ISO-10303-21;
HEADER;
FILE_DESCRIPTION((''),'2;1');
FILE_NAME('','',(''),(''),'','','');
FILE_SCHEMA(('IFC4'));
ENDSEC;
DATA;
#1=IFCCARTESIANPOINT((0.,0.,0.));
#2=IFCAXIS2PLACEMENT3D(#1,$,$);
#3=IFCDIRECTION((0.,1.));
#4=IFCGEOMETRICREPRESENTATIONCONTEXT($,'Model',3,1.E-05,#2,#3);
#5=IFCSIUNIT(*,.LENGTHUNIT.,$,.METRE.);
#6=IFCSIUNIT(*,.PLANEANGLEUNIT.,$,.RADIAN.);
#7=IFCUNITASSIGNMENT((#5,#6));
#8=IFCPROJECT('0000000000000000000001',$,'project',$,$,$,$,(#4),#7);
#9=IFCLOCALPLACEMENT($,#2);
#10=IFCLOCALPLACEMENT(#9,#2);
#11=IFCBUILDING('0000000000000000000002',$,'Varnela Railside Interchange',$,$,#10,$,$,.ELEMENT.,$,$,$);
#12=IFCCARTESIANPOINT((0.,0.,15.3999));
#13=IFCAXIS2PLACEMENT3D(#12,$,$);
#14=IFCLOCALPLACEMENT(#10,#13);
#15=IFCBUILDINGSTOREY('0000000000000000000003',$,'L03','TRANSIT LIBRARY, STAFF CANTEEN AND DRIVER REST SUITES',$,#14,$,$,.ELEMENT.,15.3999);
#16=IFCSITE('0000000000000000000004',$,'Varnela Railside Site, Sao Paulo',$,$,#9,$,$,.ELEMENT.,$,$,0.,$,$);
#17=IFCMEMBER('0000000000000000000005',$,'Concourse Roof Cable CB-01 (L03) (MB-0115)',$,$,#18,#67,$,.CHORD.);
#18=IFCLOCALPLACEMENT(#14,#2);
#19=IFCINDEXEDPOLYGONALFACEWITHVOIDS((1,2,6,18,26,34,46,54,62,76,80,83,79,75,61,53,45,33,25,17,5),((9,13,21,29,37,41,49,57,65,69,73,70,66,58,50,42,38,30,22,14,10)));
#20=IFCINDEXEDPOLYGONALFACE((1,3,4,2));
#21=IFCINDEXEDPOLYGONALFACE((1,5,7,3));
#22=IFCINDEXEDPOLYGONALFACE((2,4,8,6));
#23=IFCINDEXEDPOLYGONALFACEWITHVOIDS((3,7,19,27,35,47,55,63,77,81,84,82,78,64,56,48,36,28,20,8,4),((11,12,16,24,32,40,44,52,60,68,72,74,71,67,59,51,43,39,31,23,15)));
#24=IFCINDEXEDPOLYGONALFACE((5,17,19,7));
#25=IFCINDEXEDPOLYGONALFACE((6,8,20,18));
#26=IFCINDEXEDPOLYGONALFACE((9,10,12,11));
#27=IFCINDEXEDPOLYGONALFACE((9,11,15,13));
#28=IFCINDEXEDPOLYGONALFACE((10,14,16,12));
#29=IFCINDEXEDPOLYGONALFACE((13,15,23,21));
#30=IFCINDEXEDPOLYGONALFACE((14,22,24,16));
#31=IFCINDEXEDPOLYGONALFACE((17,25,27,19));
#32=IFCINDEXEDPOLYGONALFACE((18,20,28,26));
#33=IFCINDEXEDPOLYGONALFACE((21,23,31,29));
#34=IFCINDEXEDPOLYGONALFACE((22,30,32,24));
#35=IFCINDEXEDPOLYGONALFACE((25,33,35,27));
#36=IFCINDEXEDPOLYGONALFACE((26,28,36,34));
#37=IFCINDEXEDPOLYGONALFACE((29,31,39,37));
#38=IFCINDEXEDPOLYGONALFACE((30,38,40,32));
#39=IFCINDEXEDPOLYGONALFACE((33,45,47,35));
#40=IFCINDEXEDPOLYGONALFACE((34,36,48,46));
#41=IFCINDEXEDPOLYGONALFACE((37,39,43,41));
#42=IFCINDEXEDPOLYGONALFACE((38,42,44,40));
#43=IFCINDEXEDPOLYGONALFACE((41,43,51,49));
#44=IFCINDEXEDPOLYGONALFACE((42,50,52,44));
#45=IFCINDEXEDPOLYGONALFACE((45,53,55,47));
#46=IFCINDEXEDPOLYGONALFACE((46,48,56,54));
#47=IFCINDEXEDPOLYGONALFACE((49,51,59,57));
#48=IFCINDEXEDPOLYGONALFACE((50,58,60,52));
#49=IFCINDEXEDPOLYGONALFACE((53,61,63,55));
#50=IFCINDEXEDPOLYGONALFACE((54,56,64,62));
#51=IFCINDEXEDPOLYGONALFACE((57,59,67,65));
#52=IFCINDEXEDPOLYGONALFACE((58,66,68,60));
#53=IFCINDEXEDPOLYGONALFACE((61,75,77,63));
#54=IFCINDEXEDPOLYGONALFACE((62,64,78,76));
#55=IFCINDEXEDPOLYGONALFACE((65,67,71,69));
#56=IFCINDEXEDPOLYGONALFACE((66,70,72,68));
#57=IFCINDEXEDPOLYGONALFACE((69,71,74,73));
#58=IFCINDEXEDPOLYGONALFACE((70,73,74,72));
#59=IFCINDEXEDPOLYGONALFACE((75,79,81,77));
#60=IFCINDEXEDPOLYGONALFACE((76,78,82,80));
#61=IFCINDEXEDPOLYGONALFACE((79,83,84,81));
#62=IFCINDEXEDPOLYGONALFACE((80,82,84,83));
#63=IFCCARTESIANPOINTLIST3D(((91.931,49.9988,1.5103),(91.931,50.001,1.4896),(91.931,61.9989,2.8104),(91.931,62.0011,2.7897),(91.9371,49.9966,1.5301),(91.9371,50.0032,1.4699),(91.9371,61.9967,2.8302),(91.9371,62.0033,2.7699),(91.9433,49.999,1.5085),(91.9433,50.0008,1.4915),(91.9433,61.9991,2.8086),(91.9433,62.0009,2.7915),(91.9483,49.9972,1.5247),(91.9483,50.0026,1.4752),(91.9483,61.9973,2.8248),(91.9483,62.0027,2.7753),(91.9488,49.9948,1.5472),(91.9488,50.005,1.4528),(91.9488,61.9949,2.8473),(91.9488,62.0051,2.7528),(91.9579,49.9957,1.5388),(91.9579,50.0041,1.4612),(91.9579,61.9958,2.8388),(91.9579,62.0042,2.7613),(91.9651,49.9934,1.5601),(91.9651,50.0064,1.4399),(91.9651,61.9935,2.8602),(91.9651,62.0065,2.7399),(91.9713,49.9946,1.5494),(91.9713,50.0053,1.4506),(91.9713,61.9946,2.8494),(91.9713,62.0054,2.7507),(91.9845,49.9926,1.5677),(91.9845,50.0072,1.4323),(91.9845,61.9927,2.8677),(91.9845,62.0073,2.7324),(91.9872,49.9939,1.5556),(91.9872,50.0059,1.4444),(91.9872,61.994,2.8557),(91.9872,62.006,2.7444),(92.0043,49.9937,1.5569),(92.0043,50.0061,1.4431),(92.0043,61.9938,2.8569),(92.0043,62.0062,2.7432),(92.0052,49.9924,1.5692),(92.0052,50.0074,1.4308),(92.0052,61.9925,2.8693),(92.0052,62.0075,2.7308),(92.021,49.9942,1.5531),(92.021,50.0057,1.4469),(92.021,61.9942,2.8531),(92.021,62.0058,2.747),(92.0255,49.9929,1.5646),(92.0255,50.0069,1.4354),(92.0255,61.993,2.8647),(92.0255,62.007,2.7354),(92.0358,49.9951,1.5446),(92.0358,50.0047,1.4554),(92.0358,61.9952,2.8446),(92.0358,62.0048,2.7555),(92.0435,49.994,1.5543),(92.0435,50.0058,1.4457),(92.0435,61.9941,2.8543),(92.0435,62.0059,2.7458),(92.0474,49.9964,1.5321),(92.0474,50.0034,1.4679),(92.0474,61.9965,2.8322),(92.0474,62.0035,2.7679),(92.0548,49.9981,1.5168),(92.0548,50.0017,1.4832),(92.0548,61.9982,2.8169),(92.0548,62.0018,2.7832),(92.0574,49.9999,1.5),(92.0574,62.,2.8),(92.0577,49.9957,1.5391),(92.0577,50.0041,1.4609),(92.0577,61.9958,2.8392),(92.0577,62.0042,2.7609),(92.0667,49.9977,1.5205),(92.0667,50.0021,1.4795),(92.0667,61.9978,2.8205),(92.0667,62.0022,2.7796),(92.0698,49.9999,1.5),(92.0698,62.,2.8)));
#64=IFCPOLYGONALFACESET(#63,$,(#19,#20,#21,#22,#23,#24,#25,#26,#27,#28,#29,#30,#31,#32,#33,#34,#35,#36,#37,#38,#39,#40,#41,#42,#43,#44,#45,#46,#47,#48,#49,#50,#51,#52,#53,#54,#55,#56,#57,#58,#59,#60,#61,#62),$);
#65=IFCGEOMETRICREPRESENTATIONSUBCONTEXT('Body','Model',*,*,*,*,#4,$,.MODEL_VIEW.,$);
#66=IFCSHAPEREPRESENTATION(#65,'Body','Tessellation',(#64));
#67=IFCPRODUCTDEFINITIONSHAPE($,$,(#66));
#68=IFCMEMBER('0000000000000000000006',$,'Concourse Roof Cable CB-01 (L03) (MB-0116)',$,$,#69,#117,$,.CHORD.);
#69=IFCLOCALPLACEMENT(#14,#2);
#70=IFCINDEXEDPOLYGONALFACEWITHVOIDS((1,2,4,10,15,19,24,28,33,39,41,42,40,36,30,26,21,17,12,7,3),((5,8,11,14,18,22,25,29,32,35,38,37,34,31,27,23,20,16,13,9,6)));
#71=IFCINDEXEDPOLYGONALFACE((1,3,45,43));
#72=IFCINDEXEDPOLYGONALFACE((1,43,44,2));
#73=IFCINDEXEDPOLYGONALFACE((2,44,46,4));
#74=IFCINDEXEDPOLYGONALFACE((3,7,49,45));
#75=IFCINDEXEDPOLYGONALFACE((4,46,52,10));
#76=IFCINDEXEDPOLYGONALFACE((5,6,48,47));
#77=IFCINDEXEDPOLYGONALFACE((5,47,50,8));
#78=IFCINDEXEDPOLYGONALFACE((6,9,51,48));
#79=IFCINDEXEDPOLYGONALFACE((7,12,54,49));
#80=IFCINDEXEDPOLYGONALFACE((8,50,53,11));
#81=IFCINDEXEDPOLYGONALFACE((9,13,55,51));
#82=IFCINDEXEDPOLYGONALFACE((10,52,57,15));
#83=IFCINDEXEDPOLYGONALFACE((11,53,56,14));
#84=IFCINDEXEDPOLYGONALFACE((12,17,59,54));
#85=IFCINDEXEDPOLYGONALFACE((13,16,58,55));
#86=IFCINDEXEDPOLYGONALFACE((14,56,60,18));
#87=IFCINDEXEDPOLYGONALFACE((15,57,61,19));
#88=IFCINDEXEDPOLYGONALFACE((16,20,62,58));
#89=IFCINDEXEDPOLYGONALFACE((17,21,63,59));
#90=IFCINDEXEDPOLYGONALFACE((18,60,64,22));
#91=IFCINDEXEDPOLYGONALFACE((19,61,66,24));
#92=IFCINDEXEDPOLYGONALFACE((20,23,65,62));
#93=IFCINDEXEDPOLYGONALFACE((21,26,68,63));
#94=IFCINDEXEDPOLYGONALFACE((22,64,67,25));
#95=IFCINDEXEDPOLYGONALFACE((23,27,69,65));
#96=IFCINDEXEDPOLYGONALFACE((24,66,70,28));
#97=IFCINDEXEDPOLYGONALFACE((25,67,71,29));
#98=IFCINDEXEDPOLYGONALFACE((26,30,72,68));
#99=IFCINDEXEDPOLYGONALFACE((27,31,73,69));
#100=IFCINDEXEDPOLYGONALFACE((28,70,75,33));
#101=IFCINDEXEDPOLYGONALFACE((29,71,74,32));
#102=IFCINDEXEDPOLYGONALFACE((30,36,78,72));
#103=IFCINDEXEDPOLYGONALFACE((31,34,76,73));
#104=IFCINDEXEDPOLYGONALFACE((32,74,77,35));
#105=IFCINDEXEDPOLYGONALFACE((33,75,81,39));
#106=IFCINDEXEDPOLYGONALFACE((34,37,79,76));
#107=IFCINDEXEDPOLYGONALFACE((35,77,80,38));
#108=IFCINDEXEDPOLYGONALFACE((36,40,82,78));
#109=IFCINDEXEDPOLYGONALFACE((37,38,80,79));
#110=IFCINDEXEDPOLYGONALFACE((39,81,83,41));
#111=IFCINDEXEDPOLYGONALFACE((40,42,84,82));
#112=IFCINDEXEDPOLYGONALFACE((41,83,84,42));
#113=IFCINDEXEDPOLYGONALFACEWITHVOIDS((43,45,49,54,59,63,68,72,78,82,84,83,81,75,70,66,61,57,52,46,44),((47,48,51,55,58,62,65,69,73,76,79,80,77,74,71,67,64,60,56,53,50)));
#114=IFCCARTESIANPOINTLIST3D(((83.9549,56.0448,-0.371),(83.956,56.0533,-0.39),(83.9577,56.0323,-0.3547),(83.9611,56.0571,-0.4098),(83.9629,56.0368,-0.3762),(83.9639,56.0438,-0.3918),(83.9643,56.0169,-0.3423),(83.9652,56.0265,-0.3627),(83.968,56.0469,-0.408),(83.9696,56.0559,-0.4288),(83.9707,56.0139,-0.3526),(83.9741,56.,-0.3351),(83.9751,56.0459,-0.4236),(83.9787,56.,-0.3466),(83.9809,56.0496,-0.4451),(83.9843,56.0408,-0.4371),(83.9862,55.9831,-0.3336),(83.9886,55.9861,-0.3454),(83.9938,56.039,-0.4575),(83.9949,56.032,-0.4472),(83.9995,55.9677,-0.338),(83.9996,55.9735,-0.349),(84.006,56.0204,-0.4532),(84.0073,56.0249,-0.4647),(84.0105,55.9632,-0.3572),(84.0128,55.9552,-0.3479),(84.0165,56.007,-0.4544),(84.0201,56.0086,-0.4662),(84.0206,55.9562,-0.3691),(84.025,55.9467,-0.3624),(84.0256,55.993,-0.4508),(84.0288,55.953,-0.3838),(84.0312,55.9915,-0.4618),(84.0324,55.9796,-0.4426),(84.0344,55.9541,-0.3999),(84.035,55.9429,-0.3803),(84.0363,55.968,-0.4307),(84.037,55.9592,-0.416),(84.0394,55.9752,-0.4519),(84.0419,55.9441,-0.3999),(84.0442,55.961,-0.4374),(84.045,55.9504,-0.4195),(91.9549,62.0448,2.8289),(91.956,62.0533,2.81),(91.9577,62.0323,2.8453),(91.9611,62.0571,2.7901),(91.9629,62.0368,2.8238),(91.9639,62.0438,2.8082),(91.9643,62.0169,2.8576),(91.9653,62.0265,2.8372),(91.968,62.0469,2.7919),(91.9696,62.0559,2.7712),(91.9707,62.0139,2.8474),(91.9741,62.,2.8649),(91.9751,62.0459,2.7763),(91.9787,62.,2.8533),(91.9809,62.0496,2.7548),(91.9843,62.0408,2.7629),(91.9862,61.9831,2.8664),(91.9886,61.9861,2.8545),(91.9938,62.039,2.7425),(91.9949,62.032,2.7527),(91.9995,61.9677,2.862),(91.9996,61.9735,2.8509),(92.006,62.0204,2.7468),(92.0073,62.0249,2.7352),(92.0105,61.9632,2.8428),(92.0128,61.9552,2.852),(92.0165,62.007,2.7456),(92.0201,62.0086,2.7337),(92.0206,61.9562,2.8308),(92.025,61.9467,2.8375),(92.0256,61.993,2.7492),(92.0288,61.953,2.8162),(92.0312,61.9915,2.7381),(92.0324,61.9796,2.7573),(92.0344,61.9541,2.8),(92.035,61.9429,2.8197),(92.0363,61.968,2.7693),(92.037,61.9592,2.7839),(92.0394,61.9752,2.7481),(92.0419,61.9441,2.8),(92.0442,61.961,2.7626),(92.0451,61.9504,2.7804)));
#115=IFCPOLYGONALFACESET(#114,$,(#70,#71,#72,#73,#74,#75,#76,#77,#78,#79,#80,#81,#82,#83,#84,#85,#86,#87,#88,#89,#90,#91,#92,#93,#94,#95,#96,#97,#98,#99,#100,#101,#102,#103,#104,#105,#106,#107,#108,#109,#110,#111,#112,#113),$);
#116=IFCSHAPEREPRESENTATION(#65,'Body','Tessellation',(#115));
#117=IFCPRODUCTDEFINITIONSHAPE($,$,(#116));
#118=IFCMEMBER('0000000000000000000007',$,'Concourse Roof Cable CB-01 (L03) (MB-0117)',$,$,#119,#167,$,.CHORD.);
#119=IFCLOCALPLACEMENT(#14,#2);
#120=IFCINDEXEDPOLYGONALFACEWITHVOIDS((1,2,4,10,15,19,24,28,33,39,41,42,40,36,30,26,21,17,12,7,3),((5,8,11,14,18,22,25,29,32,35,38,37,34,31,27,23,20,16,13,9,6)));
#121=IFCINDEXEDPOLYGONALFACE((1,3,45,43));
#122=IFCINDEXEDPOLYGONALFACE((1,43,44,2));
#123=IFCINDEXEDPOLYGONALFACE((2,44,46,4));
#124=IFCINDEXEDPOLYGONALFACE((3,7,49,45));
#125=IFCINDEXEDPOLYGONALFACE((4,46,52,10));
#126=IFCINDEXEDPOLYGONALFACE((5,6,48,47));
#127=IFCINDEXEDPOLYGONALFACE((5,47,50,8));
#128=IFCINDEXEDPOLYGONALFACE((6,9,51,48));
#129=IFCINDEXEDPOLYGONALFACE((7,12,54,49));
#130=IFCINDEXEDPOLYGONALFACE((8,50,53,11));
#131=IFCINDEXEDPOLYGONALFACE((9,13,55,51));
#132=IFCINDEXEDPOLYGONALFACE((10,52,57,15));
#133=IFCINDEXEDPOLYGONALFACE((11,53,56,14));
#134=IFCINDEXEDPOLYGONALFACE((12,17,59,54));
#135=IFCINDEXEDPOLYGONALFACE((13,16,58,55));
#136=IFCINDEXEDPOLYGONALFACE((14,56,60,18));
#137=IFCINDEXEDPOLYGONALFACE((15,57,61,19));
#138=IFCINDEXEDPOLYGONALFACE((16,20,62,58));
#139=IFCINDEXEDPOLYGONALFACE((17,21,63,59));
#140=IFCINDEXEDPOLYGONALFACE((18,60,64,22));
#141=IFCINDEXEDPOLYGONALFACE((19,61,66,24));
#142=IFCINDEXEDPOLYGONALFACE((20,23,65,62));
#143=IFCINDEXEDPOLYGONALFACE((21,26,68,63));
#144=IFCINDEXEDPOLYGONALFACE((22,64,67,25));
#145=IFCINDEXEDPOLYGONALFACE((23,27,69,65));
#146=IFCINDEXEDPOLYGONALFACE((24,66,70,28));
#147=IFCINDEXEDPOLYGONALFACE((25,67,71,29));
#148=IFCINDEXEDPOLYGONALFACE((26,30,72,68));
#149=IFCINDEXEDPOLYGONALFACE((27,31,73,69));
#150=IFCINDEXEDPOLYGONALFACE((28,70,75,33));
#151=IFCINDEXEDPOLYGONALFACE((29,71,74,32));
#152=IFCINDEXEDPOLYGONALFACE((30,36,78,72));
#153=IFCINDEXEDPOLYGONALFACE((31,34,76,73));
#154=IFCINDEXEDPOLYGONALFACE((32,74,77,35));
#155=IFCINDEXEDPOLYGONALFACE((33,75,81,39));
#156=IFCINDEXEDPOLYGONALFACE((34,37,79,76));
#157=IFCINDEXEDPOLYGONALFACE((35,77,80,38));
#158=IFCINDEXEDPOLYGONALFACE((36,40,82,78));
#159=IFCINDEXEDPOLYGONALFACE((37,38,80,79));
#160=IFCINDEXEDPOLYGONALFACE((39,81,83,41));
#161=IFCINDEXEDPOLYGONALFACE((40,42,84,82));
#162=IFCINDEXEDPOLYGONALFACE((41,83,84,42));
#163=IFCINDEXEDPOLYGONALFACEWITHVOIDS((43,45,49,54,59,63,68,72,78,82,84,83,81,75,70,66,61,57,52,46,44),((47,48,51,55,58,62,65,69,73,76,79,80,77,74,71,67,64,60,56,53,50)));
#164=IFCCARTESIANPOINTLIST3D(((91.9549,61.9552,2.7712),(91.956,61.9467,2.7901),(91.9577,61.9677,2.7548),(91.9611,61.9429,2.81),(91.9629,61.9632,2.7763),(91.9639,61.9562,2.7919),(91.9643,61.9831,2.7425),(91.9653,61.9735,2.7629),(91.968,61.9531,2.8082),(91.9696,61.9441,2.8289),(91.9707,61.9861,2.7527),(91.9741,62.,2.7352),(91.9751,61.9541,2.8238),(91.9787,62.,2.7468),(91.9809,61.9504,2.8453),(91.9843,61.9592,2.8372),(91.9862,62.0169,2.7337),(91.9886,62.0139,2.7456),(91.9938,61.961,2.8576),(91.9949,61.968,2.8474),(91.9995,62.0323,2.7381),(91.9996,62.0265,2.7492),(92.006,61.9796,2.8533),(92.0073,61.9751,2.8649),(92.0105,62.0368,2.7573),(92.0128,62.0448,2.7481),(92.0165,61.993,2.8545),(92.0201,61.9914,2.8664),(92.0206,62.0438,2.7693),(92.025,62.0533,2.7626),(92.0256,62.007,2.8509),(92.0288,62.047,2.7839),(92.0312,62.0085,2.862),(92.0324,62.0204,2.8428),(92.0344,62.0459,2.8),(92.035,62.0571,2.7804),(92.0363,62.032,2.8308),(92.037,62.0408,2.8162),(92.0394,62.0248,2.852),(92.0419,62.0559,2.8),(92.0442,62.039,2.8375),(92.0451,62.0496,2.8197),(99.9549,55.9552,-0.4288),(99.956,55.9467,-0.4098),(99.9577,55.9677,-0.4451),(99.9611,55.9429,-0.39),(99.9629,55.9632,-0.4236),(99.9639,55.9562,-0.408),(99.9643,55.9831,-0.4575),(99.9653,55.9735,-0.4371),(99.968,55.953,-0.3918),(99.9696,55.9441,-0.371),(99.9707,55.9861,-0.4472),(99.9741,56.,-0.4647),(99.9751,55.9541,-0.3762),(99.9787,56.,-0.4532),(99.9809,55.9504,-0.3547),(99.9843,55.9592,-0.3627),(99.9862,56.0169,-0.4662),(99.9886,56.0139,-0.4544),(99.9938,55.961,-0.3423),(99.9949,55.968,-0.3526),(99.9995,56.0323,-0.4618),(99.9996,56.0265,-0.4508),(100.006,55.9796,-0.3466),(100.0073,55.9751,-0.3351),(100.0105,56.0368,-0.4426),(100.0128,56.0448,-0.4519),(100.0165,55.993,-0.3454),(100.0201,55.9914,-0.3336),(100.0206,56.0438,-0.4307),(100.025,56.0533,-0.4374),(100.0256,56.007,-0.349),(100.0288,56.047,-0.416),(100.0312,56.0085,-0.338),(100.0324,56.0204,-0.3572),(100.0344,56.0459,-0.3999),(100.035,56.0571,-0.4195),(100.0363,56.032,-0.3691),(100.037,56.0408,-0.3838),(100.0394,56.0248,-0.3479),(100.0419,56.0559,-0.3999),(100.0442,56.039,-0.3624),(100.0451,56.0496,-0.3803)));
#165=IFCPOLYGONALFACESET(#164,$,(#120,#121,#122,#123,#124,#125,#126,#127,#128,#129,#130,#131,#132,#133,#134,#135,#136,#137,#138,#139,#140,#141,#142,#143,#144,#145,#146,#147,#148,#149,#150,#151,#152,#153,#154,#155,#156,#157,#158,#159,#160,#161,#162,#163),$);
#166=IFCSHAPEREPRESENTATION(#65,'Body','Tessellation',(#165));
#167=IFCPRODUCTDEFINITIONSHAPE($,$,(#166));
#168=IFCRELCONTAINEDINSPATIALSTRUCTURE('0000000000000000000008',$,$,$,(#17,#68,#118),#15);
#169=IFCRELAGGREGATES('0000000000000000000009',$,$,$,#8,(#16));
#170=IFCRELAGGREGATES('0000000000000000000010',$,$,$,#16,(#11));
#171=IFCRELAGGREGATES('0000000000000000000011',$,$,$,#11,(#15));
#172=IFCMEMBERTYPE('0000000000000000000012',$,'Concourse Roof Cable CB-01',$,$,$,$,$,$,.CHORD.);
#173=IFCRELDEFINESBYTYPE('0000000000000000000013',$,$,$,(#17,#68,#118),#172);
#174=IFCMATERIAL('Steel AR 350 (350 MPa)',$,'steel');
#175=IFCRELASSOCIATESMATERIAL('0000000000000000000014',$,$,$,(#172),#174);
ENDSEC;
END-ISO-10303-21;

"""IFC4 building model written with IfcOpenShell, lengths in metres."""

from ifc_helpers import new_model, si_unit, direction, frame, origin, origin_2d, place, context, subcontext, project, spatial, hollow_circle, extrude, material, material_profile, profile_set, type_object, element, save


model = new_model("IFC4")

# Units and contexts
model_context = context("Model", 3, precision=1e-05, world=origin(), true_north=direction((0.0, 1.0)))
body_context = subcontext(model_context, "Body", "Model", "MODEL_VIEW")
ifc_project = project(units=[si_unit("LENGTHUNIT", "METRE"), si_unit("PLANEANGLEUNIT", "RADIAN")], contexts=[model_context])

# Site, building, storey
site_placement = place(None, origin())
site = spatial("IfcSite", under=ifc_project, at=site_placement, Name="Varnela Railside Site, Sao Paulo", CompositionType="ELEMENT", RefElevation=0.0)
building_placement = place(site_placement, origin())
building = spatial("IfcBuilding", under=site, at=building_placement, Name="Varnela Railside Interchange", CompositionType="ELEMENT")
storey_placement = place(building_placement, frame((0.0, 0.0, 15.3999)))
storey = spatial("IfcBuildingStorey", under=building, at=storey_placement, Name="L03", Description="TRANSIT LIBRARY, STAFF CANTEEN AND DRIVER REST SUITES", CompositionType="ELEMENT", Elevation=15.3999)

# Members
ifc_material_1 = material(Name="Steel AR 350 (350 MPa)", Category="steel")
ifc_material_profile_1 = material_profile(ifc_material_1, hollow_circle(Radius=0.0698, WallThickness=0.0125, at=origin_2d()), Name="CHS 139.7x12.5")
ifc_profile_set_1 = profile_set([ifc_material_profile_1], Name="Steel AR 350 (350 MPa)")
member_type_1 = type_object("IfcMemberType", Name="Concourse Roof Cable CB-01", PredefinedType="CHORD", material=ifc_profile_set_1)
member_1_placement = place(storey_placement, frame((92.0, 62.0, 2.8), z_axis=(0.0, -0.994183, -0.107707), x_axis=(1.0, 0.0, 0.0)))
element("IfcMember", 1, at=member_1_placement, inside=storey, type_object=member_type_1, Name="Concourse Roof Cable CB-01 (L03) (MB-0115)", PredefinedType="CHORD", context=body_context, shape_type="SweptSolid", body=[
    extrude(hollow_circle(Radius=0.0698, WallThickness=0.0125, at=origin_2d()), origin(), (0.0, 0.0, 1.0), 12.0703),
])
for number, where, z_axis, x_axis, name in (
    (2, (92.0, 62.0, 2.8), (-0.76194, -0.571455, -0.304772), (0.6, -0.8, 0.0), "Concourse Roof Cable CB-01 (L03) (MB-0116)"),
    (3, (92.0, 62.0, 2.8), (0.76194, -0.571455, -0.304772), (0.6, 0.8, 0.0), "Concourse Roof Cable CB-01 (L03) (MB-0117)"),
):
    element("IfcMember", number, at=place(storey_placement, frame(where, z_axis=z_axis, x_axis=x_axis)), inside=storey, type_object=member_type_1, Name=name, PredefinedType="CHORD", context=body_context, shape_type="SweptSolid", body=[
        extrude(hollow_circle(Radius=0.0698, WallThickness=0.0125, at=origin_2d()), origin(), (0.0, 0.0, 1.0), 10.4995),
    ])

save(model, "model.ifc")
